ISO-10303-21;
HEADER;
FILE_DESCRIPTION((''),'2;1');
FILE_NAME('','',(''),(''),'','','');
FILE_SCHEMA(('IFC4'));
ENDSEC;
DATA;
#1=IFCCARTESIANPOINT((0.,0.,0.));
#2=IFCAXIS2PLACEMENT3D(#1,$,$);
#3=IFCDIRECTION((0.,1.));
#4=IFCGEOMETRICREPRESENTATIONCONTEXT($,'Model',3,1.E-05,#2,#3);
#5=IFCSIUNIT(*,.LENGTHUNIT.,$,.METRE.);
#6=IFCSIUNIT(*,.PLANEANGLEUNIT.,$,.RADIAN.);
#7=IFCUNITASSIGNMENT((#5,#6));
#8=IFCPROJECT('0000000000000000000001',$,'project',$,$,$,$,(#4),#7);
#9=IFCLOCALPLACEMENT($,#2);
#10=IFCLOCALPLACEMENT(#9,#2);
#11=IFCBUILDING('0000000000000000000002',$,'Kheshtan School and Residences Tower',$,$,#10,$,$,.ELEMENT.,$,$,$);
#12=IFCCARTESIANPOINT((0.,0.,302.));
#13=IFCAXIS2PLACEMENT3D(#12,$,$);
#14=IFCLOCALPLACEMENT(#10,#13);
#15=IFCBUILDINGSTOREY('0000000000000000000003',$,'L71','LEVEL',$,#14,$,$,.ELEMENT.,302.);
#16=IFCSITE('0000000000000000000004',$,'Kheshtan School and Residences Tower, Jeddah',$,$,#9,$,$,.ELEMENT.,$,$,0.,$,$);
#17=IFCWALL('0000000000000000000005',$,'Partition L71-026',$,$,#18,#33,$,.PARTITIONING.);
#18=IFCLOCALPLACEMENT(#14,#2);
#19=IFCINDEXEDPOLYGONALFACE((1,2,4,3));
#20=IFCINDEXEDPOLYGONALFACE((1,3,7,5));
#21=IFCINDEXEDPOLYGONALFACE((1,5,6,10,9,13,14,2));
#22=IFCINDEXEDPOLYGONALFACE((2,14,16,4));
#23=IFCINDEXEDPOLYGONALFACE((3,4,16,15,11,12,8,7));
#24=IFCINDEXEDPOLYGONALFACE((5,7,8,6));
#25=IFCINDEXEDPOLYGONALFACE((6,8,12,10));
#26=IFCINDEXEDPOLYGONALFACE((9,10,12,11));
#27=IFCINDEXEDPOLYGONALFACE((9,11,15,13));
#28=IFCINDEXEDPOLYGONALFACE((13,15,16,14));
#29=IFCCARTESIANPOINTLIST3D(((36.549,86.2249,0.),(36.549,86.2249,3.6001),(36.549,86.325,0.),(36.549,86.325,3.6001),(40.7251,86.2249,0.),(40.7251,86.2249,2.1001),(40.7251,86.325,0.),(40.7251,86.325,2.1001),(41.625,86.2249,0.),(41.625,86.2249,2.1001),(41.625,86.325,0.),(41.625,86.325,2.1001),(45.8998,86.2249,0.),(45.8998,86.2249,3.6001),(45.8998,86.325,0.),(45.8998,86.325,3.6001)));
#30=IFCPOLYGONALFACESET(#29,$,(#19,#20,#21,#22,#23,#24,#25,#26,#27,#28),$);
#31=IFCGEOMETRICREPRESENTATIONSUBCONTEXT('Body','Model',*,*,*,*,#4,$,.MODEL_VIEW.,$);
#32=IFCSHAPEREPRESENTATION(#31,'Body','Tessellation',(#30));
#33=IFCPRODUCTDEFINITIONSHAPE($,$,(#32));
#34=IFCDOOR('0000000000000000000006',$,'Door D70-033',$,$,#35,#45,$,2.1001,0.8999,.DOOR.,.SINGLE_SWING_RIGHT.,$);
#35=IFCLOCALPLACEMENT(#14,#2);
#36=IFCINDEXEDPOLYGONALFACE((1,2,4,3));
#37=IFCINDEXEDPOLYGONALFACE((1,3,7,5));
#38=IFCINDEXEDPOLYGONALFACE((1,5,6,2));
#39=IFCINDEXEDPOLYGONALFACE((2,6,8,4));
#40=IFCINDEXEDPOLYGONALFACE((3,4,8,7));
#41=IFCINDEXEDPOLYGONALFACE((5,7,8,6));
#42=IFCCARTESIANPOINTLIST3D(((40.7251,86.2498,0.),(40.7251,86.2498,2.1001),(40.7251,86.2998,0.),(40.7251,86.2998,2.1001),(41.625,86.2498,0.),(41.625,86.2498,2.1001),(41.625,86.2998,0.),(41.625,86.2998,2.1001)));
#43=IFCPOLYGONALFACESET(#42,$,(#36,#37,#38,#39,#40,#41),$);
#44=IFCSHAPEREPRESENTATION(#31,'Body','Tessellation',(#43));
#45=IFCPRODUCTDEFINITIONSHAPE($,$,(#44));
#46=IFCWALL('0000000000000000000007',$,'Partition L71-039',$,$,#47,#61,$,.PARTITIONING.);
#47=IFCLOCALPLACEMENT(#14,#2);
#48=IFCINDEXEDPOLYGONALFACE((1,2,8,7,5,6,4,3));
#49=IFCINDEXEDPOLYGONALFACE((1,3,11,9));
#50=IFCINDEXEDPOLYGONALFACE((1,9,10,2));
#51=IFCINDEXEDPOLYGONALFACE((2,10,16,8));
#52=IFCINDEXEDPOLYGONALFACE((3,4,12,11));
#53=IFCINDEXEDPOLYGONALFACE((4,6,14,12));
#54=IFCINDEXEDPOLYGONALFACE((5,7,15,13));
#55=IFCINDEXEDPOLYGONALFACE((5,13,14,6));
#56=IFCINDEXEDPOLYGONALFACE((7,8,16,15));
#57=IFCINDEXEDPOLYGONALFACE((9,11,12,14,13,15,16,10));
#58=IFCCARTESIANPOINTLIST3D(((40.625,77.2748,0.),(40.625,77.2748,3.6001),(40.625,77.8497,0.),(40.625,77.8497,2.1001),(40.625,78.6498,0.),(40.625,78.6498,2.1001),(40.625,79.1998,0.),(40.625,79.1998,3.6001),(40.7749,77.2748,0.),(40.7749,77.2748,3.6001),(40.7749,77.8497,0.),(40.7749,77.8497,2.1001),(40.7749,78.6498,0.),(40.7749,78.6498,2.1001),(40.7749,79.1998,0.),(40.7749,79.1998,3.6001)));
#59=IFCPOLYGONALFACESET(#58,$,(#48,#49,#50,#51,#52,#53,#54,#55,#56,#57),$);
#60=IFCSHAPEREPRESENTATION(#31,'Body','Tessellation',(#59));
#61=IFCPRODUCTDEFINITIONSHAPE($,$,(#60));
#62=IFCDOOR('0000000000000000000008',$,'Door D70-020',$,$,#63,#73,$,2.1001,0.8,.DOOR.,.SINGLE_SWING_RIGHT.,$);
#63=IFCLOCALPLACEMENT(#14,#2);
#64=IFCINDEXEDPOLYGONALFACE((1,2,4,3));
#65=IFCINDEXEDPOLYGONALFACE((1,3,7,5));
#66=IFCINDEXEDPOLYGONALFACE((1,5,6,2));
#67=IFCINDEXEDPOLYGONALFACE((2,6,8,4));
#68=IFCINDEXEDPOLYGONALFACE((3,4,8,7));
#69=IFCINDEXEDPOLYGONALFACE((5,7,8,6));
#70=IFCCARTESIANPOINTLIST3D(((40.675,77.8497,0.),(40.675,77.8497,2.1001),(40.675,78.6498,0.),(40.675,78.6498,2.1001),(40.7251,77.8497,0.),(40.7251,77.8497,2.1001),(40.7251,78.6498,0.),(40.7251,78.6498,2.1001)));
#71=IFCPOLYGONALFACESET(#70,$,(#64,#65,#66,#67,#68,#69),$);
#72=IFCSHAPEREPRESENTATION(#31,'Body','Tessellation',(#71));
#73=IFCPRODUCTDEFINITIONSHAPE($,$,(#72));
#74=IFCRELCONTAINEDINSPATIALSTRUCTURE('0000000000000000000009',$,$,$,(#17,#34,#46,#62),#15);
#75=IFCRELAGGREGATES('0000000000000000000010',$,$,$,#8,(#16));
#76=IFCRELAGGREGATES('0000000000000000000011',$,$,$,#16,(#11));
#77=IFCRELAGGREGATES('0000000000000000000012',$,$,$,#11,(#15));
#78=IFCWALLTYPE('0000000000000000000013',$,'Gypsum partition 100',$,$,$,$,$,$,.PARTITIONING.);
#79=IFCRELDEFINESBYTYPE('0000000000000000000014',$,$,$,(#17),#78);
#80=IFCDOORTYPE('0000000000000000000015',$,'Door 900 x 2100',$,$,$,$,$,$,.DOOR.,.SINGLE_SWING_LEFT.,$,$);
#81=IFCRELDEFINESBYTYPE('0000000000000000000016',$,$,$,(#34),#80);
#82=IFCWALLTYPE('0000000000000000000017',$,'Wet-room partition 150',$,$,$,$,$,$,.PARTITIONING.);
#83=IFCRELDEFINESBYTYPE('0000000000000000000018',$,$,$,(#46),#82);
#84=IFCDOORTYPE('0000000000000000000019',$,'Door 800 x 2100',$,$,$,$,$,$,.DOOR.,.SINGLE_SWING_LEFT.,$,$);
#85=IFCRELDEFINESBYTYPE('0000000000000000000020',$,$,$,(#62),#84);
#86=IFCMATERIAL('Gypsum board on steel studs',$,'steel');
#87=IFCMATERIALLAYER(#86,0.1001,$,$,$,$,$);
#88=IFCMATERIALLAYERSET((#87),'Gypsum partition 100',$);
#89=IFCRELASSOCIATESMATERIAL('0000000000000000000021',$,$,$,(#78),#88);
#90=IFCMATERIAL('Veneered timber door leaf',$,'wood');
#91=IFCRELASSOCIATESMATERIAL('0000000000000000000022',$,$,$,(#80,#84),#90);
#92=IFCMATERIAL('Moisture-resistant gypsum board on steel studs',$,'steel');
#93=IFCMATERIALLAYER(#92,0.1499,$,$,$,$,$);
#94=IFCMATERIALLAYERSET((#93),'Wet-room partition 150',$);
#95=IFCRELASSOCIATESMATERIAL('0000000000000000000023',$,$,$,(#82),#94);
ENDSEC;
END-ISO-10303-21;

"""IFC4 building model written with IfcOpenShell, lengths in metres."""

from ifc_helpers import new_model, si_unit, direction, frame, frame_2d, origin, place, context, subcontext, project, spatial, rectangle, extrude, source, transform, mapped, material, layer, layer_set, type_object, element, fill, save


model = new_model("IFC4")

# Units and contexts
model_context = context("Model", 3, precision=1e-05, world=origin(), true_north=direction((0.0, 1.0)))
body_context = subcontext(model_context, "Body", "Model", "MODEL_VIEW")
ifc_project = project(units=[si_unit("LENGTHUNIT", "METRE"), si_unit("PLANEANGLEUNIT", "RADIAN")], contexts=[model_context])

# Site, building, storey
site_placement = place(None, origin())
site = spatial("IfcSite", under=ifc_project, at=site_placement, Name="Kheshtan School and Residences Tower, Jeddah", CompositionType="ELEMENT", RefElevation=0.0)
building_placement = place(site_placement, origin())
building = spatial("IfcBuilding", under=site, at=building_placement, Name="Kheshtan School and Residences Tower", CompositionType="ELEMENT")
storey_placement = place(building_placement, frame((0.0, 0.0, 302.0)))
storey = spatial("IfcBuildingStorey", under=building, at=storey_placement, Name="L71", Description="LEVEL", CompositionType="ELEMENT", Elevation=302.0)

# Walls, openings, doors
ifc_material_1 = material(Name="Gypsum board on steel studs", Category="steel")
ifc_layer_1 = layer(ifc_material_1, 0.1001)
ifc_layer_set_1 = layer_set([ifc_layer_1], Name="Gypsum partition 100")
wall_type_1 = type_object("IfcWallType", Name="Gypsum partition 100", PredefinedType="PARTITIONING", material=ifc_layer_set_1)
wall_1_placement = place(storey_placement, frame((36.5491, 86.2749, 0.0), z_axis=(0.0, 0.0, 1.0), x_axis=(1.0, 0.0, 0.0)))
wall_1 = element("IfcWall", 1, at=wall_1_placement, inside=storey, type_object=wall_type_1, Name="Partition L71-026", PredefinedType="PARTITIONING", context=body_context, shape_type="SweptSolid", body=[
    extrude(rectangle(XDim=9.3508, YDim=0.1001, at=frame_2d((4.6753, 0.0))), origin(), (0.0, 0.0, 1.0), 3.6001),
])
opening_1_placement = place(wall_1_placement, frame((4.176, 0.0, 0.0)))
opening_1 = element("IfcOpeningElement", 2, at=opening_1_placement, cuts=wall_1, PredefinedType="OPENING", context=body_context, shape_type="SweptSolid", body=[
    extrude(rectangle(XDim=0.8999, YDim=2.1001, at=frame_2d((0.45, 1.05))), frame((0.0, 0.0601, 0.0), z_axis=(0.0, -1.0, 0.0), x_axis=(1.0, 0.0, 0.0)), (0.0, 0.0, 1.0), 0.1201),
])
ifc_material_2 = material(Name="Veneered timber door leaf", Category="wood")
door_type_1 = type_object("IfcDoorType", Name="Door 900 x 2100", OperationType="SINGLE_SWING_LEFT", PredefinedType="DOOR", material=ifc_material_2)
shared_shape_1 = source(origin(), body_context, "Body", "SweptSolid", [
    extrude(rectangle(XDim=0.8999, YDim=2.1001, at=frame_2d((0.45, 1.05))), frame((0.0, 0.0249, 0.0), z_axis=(0.0, -1.0, 0.0), x_axis=(1.0, 0.0, 0.0)), (0.0, 0.0, 1.0), 0.05),
])
door_1_placement = place(opening_1_placement, origin())
door_1 = element("IfcDoor", 3, at=door_1_placement, inside=storey, type_object=door_type_1, Name="Door D70-033", OperationType="SINGLE_SWING_RIGHT", OverallHeight=2.1001, OverallWidth=0.8999, PredefinedType="DOOR", context=body_context, shape_type="MappedRepresentation", body=[
    mapped(shared_shape_1, transform((0.0, 0.0, 0.0), x_axis=(1.0, 0.0, 0.0), y_axis=(0.0, 1.0, 0.0), z_axis=(0.0, 0.0, 1.0), scale=1.0)),
])
fill(opening_1, door_1)
ifc_material_3 = material(Name="Moisture-resistant gypsum board on steel studs", Category="steel")
ifc_layer_2 = layer(ifc_material_3, 0.1499)
ifc_layer_set_2 = layer_set([ifc_layer_2], Name="Wet-room partition 150")
wall_type_2 = type_object("IfcWallType", Name="Wet-room partition 150", PredefinedType="PARTITIONING", material=ifc_layer_set_2)
wall_2_placement = place(storey_placement, frame((40.7, 77.2749, 0.0), z_axis=(0.0, 0.0, 1.0), x_axis=(0.0, 1.0, 0.0)))
wall_2 = element("IfcWall", 4, at=wall_2_placement, inside=storey, type_object=wall_type_2, Name="Partition L71-039", PredefinedType="PARTITIONING", context=body_context, shape_type="SweptSolid", body=[
    extrude(rectangle(XDim=1.925, YDim=0.1499, at=frame_2d((0.9624, 0.0))), origin(), (0.0, 0.0, 1.0), 3.6001),
])
opening_2_placement = place(wall_2_placement, frame((0.575, 0.0, 0.0)))
opening_2 = element("IfcOpeningElement", 5, at=opening_2_placement, cuts=wall_2, PredefinedType="OPENING", context=body_context, shape_type="SweptSolid", body=[
    extrude(rectangle(XDim=0.8, YDim=2.1001, at=frame_2d((0.3999, 1.05))), frame((0.0, 0.085, 0.0), z_axis=(0.0, -1.0, 0.0), x_axis=(1.0, 0.0, 0.0)), (0.0, 0.0, 1.0), 0.1699),
])
door_type_2 = type_object("IfcDoorType", Name="Door 800 x 2100", OperationType="SINGLE_SWING_LEFT", PredefinedType="DOOR", material=ifc_material_2)
shared_shape_2 = source(origin(), body_context, "Body", "SweptSolid", [
    extrude(rectangle(XDim=0.8, YDim=2.1001, at=frame_2d((0.3999, 1.05))), frame((0.0, 0.0249, 0.0), z_axis=(0.0, -1.0, 0.0), x_axis=(1.0, 0.0, 0.0)), (0.0, 0.0, 1.0), 0.05),
])
door_2_placement = place(opening_2_placement, origin())
door_2 = element("IfcDoor", 6, at=door_2_placement, inside=storey, type_object=door_type_2, Name="Door D70-020", OperationType="SINGLE_SWING_RIGHT", OverallHeight=2.1001, OverallWidth=0.8, PredefinedType="DOOR", context=body_context, shape_type="MappedRepresentation", body=[
    mapped(shared_shape_2, transform((0.0, 0.0, 0.0), x_axis=(1.0, 0.0, 0.0), y_axis=(0.0, 1.0, 0.0), z_axis=(0.0, 0.0, 1.0), scale=1.0)),
])
fill(opening_2, door_2)

save(model, "model.ifc")
